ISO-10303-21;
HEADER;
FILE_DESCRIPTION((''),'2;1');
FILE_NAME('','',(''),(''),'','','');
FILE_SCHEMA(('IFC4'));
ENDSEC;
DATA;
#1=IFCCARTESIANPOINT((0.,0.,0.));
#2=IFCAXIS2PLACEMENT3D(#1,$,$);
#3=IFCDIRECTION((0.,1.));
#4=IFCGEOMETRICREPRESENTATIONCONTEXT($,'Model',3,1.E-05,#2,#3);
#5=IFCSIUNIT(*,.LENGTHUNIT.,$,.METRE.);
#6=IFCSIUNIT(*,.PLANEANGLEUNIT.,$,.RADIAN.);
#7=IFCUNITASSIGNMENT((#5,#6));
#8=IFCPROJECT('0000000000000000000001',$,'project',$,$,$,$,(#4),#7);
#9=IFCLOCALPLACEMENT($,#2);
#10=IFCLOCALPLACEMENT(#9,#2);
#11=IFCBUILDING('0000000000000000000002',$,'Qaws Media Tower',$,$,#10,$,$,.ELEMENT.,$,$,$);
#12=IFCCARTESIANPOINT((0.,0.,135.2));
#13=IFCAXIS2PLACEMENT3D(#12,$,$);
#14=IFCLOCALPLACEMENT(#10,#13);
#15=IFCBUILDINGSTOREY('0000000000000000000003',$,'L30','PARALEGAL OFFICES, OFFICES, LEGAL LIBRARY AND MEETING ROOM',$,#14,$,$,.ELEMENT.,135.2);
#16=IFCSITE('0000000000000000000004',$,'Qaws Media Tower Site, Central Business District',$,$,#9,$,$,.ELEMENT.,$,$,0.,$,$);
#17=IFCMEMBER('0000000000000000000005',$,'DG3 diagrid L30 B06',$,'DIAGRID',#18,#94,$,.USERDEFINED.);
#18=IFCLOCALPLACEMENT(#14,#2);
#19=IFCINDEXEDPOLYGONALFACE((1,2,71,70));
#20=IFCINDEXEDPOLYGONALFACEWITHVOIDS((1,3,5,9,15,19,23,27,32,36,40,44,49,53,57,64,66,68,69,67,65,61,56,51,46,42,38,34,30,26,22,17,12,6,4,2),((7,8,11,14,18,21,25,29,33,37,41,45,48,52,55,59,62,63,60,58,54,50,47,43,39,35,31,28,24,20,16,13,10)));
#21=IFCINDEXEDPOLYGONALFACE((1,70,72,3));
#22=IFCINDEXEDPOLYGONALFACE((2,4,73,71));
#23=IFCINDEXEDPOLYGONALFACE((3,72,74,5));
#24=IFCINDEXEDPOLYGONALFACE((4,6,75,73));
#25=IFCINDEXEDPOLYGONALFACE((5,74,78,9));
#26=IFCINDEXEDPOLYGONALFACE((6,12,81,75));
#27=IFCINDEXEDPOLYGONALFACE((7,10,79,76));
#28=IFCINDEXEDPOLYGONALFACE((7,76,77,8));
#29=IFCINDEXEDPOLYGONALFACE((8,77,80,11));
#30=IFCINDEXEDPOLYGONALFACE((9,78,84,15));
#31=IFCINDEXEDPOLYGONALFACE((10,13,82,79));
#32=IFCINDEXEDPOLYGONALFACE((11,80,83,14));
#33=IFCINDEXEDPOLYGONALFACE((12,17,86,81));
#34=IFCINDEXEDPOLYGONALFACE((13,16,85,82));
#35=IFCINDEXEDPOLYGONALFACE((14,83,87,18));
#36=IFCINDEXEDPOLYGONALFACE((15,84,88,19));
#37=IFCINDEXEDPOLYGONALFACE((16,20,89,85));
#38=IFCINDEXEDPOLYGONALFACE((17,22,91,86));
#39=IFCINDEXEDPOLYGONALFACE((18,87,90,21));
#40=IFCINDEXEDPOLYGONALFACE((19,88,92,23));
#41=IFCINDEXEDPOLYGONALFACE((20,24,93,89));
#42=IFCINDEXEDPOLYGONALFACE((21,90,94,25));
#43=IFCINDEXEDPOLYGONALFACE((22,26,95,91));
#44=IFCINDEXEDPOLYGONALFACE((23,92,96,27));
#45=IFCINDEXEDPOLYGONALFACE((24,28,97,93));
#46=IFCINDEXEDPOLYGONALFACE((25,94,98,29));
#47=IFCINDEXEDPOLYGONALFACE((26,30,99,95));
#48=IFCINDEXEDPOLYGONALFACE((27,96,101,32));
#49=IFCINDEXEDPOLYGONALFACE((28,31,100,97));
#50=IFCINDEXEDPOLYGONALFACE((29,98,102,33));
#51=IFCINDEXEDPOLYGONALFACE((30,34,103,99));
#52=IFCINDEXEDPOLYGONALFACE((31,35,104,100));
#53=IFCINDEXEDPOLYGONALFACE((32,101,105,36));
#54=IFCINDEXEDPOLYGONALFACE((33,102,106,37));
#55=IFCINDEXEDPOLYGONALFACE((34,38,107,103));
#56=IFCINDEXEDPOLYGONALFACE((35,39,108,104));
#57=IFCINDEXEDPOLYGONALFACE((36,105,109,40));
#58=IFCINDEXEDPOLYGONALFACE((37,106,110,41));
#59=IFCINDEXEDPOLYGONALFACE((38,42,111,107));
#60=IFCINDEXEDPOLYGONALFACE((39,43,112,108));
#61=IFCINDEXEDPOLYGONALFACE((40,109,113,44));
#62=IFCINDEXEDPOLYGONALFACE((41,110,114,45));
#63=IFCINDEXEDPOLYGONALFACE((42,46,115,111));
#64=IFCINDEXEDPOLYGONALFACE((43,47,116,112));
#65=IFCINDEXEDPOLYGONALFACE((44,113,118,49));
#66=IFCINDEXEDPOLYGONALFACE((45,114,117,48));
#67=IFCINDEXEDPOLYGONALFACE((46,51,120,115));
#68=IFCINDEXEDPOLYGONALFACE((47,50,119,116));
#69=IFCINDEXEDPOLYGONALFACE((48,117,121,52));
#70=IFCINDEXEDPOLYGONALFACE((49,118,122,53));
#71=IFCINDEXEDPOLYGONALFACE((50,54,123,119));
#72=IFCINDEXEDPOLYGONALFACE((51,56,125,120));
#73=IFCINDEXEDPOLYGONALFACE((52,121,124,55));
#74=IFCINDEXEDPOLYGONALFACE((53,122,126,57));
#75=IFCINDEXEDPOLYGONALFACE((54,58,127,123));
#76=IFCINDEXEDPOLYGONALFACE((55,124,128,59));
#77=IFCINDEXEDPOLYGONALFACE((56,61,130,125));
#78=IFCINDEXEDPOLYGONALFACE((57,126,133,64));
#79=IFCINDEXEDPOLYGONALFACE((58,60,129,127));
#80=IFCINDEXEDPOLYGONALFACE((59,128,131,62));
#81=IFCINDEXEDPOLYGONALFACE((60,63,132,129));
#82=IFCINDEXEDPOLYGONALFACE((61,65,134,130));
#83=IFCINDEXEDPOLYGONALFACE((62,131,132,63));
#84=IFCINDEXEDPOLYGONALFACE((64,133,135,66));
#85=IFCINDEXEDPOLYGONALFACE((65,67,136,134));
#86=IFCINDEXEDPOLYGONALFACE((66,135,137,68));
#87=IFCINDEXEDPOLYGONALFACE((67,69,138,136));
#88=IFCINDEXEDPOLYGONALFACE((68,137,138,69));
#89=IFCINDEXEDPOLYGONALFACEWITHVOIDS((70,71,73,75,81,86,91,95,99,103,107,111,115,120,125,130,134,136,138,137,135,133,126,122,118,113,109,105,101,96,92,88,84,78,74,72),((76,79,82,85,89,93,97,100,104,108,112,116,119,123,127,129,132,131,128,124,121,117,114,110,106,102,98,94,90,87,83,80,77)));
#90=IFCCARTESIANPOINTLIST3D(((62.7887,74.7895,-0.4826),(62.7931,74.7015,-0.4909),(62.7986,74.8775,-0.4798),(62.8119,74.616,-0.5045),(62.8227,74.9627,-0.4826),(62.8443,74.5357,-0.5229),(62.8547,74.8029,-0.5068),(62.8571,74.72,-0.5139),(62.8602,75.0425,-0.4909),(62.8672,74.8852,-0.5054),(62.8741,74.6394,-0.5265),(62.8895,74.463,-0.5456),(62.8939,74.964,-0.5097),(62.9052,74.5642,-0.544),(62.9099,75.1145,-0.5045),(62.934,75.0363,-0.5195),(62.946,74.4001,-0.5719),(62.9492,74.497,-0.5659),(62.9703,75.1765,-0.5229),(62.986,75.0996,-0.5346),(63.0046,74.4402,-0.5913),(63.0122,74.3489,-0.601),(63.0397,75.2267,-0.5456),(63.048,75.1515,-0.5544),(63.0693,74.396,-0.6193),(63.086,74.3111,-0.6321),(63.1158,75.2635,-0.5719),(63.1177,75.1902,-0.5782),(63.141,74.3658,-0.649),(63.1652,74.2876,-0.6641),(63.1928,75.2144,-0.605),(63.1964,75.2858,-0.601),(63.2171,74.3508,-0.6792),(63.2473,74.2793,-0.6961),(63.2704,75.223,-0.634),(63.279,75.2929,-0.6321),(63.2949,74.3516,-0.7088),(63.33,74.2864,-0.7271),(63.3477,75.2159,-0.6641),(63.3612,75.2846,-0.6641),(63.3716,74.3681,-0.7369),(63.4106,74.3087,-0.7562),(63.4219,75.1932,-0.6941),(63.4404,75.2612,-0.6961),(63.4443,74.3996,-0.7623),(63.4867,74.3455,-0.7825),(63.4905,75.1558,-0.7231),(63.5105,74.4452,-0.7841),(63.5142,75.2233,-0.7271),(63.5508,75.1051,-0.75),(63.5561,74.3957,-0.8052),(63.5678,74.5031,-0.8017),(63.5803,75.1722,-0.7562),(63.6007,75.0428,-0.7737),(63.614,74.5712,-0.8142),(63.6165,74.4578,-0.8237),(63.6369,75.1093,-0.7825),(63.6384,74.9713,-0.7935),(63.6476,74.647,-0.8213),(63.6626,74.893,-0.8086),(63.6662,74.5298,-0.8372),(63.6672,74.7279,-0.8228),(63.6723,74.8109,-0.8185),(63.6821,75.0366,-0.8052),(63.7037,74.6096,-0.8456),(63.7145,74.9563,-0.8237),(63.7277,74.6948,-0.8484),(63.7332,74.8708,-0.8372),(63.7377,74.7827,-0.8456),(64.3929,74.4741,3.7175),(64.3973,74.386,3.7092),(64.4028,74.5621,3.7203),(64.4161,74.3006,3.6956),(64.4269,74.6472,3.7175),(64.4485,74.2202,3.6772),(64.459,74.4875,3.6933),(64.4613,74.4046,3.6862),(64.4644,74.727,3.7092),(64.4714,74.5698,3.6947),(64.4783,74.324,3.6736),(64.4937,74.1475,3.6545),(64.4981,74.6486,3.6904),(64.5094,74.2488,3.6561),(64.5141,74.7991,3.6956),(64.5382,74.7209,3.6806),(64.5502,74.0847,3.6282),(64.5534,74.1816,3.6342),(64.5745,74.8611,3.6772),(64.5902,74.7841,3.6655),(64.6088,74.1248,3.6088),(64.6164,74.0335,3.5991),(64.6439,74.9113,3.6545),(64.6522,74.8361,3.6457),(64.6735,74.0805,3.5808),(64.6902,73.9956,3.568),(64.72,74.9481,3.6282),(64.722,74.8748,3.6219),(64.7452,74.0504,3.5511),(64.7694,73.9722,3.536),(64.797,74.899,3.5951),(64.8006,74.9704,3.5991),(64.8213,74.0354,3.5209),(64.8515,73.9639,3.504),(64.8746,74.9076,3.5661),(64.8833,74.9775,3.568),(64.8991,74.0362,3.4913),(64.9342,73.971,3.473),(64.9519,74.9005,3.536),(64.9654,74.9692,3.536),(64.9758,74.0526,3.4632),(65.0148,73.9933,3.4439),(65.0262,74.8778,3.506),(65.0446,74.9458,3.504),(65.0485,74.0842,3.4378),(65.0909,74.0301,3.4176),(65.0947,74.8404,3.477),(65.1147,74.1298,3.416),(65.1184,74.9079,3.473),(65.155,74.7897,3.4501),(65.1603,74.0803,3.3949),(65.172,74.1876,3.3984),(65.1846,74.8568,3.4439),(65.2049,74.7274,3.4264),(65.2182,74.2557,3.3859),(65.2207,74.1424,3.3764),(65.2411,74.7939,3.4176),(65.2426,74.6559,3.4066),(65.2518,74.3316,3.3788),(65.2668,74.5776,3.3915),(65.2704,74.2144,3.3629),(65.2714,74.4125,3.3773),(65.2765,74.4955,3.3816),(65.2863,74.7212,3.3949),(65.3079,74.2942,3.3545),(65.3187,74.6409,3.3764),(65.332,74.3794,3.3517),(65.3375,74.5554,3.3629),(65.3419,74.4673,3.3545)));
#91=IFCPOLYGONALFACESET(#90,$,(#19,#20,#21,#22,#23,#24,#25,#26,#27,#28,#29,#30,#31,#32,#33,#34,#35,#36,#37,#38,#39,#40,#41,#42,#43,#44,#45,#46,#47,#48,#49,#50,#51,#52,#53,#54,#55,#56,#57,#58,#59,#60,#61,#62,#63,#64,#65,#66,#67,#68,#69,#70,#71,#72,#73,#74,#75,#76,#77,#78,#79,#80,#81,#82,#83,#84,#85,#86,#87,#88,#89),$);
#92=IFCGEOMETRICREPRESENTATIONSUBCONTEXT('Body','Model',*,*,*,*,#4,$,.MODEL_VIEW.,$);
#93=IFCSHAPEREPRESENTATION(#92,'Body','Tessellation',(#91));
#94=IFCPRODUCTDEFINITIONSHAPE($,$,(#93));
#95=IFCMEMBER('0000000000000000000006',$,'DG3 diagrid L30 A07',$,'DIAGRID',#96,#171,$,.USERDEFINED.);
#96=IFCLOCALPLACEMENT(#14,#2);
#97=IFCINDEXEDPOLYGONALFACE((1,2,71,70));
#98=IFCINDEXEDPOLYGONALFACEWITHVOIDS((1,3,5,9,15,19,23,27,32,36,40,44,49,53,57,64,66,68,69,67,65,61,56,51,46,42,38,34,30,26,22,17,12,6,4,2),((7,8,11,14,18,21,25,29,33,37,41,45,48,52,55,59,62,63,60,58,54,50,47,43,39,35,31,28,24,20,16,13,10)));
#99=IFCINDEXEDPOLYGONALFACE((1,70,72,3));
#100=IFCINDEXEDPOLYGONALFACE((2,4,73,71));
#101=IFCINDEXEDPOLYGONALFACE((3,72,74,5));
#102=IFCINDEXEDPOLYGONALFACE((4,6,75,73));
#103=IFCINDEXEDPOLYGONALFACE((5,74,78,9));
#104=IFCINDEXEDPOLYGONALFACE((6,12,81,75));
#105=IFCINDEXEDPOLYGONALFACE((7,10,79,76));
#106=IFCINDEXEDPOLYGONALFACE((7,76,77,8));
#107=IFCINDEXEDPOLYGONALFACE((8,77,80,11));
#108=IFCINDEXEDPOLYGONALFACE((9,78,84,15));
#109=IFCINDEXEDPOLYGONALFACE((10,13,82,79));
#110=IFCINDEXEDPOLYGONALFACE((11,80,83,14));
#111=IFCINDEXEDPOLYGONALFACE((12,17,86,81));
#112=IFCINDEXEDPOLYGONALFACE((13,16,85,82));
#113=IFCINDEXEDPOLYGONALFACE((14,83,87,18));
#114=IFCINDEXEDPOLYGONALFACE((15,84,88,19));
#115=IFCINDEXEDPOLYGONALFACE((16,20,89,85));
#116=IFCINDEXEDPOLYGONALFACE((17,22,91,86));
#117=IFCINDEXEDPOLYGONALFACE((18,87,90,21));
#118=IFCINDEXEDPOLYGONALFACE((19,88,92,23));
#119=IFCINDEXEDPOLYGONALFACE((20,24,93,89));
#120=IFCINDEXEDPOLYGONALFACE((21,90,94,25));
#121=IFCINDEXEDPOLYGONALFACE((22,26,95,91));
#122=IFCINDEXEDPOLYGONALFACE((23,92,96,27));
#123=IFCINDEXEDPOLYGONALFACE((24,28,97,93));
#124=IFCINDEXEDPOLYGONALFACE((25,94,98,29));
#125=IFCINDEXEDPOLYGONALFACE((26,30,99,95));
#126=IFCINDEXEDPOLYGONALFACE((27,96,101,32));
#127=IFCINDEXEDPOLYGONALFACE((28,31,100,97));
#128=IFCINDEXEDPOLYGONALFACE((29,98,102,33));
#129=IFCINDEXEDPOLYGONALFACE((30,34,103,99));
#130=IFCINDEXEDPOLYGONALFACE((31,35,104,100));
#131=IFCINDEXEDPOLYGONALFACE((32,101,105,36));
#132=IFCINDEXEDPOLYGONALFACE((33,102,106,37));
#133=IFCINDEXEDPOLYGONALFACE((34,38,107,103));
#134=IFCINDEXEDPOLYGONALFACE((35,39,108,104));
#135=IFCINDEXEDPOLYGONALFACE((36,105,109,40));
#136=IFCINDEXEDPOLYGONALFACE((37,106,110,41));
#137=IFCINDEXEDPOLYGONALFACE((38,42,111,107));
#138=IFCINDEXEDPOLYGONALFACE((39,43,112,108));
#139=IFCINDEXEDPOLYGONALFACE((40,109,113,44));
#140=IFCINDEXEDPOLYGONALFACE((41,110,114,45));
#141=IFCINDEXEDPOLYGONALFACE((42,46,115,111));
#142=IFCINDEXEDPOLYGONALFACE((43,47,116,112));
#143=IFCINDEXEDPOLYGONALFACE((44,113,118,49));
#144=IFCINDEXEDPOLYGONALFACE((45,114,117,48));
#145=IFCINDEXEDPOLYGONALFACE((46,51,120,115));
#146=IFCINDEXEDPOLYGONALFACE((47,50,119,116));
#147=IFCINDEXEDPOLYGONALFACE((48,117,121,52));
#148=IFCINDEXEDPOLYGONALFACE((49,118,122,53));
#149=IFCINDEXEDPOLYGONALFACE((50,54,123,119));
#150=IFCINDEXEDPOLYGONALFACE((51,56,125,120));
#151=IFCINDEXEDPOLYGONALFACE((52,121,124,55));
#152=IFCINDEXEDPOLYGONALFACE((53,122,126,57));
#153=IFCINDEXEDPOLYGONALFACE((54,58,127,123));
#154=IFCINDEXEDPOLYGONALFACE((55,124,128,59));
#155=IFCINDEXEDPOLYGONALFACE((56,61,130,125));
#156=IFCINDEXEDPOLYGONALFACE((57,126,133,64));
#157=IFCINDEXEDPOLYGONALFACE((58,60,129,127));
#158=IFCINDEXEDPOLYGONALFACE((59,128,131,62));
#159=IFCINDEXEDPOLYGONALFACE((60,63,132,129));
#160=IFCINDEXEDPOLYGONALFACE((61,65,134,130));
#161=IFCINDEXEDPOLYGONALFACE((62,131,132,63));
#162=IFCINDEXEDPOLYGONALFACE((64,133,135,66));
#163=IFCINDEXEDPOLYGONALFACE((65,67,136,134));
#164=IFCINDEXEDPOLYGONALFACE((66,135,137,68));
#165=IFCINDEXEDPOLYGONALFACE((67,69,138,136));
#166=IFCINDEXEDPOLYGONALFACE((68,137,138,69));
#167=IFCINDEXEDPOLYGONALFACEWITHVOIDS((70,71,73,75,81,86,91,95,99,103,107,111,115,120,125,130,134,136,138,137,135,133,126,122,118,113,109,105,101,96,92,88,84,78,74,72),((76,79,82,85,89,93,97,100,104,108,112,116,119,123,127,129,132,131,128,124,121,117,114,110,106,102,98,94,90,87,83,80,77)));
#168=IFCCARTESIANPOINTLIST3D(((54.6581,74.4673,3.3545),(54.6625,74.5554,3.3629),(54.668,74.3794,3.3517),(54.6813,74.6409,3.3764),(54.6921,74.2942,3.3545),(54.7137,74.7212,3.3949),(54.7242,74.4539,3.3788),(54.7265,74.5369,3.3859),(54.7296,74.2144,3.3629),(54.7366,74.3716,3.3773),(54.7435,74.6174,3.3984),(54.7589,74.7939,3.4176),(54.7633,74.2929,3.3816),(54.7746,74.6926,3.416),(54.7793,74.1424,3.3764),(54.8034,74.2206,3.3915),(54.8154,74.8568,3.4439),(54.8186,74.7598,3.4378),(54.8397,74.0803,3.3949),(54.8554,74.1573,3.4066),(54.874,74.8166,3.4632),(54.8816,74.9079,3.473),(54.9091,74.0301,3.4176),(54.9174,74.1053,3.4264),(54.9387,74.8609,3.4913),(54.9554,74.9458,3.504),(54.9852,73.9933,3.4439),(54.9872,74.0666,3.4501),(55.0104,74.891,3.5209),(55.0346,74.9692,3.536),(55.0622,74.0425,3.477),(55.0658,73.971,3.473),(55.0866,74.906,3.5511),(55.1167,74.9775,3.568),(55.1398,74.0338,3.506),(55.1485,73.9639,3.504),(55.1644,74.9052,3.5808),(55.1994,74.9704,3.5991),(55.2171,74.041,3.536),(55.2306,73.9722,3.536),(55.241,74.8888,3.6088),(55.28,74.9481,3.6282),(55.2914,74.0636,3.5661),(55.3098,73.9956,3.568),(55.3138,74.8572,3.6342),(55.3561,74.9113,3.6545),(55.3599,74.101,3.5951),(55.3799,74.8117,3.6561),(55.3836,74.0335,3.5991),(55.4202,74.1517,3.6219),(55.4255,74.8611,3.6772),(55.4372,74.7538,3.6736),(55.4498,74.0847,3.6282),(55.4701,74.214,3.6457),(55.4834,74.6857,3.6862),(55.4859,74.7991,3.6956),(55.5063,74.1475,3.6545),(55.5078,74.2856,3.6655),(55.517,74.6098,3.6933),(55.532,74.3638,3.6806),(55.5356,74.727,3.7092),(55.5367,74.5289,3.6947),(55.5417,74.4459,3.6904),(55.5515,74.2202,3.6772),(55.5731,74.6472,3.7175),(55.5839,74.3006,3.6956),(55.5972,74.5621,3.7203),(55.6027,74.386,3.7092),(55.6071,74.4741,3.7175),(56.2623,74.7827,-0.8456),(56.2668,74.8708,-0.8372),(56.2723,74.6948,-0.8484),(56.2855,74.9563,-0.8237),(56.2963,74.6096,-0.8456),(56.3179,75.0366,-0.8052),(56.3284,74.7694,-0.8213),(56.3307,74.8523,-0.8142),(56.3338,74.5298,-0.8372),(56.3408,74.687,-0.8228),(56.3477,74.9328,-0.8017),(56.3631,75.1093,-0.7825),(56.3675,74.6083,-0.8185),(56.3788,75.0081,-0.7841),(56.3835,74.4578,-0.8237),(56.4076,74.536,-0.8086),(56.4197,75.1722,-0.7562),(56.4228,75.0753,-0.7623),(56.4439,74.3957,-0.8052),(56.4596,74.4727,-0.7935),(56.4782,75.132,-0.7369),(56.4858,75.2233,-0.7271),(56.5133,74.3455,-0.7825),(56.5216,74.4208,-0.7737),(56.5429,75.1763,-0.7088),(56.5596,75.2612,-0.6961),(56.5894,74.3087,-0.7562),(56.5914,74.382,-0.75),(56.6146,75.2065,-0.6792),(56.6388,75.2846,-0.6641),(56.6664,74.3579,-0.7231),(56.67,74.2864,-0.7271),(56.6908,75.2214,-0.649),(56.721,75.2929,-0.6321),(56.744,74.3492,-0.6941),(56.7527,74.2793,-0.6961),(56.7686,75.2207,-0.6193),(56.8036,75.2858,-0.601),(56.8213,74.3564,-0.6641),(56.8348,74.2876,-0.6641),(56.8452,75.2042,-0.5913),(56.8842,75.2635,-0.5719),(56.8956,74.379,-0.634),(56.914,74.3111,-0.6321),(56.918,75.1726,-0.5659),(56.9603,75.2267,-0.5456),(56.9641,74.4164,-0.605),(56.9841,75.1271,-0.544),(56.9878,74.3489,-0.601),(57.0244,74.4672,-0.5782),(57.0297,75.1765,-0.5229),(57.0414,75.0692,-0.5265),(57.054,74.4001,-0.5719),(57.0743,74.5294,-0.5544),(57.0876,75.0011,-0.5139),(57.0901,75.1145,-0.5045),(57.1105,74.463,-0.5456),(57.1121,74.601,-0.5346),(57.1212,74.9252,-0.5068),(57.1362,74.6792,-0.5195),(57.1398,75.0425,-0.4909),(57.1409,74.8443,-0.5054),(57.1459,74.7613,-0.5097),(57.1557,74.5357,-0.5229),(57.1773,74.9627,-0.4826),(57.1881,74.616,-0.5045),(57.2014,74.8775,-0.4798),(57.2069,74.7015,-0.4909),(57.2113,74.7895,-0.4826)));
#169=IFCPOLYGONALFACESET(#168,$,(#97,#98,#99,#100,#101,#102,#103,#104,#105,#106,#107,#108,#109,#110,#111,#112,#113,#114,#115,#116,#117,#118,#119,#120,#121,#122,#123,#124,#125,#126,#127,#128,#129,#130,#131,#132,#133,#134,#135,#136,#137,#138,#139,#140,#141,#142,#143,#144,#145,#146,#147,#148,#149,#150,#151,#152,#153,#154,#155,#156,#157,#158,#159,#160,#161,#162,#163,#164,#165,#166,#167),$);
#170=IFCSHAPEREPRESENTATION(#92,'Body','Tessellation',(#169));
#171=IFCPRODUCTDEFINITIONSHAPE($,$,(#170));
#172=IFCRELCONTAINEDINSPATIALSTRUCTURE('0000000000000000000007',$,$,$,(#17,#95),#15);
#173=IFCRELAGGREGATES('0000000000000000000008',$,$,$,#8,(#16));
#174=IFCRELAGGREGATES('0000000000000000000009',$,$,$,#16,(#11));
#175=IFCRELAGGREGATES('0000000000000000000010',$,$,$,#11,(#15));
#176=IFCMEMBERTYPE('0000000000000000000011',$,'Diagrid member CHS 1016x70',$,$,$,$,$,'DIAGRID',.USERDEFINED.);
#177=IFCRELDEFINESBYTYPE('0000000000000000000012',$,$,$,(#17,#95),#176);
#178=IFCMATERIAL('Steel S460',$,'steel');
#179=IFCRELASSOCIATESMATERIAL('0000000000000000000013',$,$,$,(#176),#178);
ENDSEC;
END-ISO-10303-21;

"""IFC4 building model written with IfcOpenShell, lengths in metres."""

from ifc_helpers import new_model, si_unit, direction, frame, origin, origin_2d, place, context, subcontext, project, spatial, hollow_circle, extrude, material, material_profile, profile_set, type_object, element, save


model = new_model("IFC4")

# Units and contexts
model_context = context("Model", 3, precision=1e-05, world=origin(), true_north=direction((0.0, 1.0)))
body_context = subcontext(model_context, "Body", "Model", "MODEL_VIEW")
ifc_project = project(units=[si_unit("LENGTHUNIT", "METRE"), si_unit("PLANEANGLEUNIT", "RADIAN")], contexts=[model_context])

# Site, building, storey
site_placement = place(None, origin())
site = spatial("IfcSite", under=ifc_project, at=site_placement, Name="Qaws Media Tower Site, Central Business District", CompositionType="ELEMENT", RefElevation=0.0)
building_placement = place(site_placement, origin())
building = spatial("IfcBuilding", under=site, at=building_placement, Name="Qaws Media Tower", CompositionType="ELEMENT")
storey_placement = place(building_placement, frame((0.0, 0.0, 135.2)))
storey = spatial("IfcBuildingStorey", under=building, at=storey_placement, Name="L30", Description="PARALEGAL OFFICES, OFFICES, LEGAL LIBRARY AND MEETING ROOM", CompositionType="ELEMENT", Elevation=135.2)

# Members
ifc_material_1 = material(Name="Steel S460", Category="steel")
ifc_material_profile_1 = material_profile(ifc_material_1, hollow_circle(Radius=0.5081, WallThickness=0.0701, at=origin_2d()), Name="CHS 1016x70")
ifc_profile_set_1 = profile_set([ifc_material_profile_1], Name="Steel S460")
member_type_1 = type_object("IfcMemberType", Name="Diagrid member CHS 1016x70", ElementType="DIAGRID", PredefinedType="USERDEFINED", material=ifc_profile_set_1)
for number, where, z_axis, x_axis, name in (
    (1, (63.2632, 74.7861, -0.6641), (0.355931, -0.069984, 0.931888), (0.192928, 0.981213, 0.0), "DG3 diagrid L30 B06"),
    (2, (56.7368, 74.7861, -0.6641), (-0.355931, -0.069984, 0.931888), (0.192928, -0.981213, 0.0), "DG3 diagrid L30 A07"),
):
    element("IfcMember", number, at=place(storey_placement, frame(where, z_axis=z_axis, x_axis=x_axis)), inside=storey, type_object=member_type_1, Name=name, ObjectType="DIAGRID", PredefinedType="USERDEFINED", context=body_context, shape_type="SweptSolid", body=[
        extrude(hollow_circle(Radius=0.5081, WallThickness=0.0701, at=origin_2d()), origin(), (0.0, 0.0, 1.0), 4.5071),
    ])

save(model, "model.ifc")
